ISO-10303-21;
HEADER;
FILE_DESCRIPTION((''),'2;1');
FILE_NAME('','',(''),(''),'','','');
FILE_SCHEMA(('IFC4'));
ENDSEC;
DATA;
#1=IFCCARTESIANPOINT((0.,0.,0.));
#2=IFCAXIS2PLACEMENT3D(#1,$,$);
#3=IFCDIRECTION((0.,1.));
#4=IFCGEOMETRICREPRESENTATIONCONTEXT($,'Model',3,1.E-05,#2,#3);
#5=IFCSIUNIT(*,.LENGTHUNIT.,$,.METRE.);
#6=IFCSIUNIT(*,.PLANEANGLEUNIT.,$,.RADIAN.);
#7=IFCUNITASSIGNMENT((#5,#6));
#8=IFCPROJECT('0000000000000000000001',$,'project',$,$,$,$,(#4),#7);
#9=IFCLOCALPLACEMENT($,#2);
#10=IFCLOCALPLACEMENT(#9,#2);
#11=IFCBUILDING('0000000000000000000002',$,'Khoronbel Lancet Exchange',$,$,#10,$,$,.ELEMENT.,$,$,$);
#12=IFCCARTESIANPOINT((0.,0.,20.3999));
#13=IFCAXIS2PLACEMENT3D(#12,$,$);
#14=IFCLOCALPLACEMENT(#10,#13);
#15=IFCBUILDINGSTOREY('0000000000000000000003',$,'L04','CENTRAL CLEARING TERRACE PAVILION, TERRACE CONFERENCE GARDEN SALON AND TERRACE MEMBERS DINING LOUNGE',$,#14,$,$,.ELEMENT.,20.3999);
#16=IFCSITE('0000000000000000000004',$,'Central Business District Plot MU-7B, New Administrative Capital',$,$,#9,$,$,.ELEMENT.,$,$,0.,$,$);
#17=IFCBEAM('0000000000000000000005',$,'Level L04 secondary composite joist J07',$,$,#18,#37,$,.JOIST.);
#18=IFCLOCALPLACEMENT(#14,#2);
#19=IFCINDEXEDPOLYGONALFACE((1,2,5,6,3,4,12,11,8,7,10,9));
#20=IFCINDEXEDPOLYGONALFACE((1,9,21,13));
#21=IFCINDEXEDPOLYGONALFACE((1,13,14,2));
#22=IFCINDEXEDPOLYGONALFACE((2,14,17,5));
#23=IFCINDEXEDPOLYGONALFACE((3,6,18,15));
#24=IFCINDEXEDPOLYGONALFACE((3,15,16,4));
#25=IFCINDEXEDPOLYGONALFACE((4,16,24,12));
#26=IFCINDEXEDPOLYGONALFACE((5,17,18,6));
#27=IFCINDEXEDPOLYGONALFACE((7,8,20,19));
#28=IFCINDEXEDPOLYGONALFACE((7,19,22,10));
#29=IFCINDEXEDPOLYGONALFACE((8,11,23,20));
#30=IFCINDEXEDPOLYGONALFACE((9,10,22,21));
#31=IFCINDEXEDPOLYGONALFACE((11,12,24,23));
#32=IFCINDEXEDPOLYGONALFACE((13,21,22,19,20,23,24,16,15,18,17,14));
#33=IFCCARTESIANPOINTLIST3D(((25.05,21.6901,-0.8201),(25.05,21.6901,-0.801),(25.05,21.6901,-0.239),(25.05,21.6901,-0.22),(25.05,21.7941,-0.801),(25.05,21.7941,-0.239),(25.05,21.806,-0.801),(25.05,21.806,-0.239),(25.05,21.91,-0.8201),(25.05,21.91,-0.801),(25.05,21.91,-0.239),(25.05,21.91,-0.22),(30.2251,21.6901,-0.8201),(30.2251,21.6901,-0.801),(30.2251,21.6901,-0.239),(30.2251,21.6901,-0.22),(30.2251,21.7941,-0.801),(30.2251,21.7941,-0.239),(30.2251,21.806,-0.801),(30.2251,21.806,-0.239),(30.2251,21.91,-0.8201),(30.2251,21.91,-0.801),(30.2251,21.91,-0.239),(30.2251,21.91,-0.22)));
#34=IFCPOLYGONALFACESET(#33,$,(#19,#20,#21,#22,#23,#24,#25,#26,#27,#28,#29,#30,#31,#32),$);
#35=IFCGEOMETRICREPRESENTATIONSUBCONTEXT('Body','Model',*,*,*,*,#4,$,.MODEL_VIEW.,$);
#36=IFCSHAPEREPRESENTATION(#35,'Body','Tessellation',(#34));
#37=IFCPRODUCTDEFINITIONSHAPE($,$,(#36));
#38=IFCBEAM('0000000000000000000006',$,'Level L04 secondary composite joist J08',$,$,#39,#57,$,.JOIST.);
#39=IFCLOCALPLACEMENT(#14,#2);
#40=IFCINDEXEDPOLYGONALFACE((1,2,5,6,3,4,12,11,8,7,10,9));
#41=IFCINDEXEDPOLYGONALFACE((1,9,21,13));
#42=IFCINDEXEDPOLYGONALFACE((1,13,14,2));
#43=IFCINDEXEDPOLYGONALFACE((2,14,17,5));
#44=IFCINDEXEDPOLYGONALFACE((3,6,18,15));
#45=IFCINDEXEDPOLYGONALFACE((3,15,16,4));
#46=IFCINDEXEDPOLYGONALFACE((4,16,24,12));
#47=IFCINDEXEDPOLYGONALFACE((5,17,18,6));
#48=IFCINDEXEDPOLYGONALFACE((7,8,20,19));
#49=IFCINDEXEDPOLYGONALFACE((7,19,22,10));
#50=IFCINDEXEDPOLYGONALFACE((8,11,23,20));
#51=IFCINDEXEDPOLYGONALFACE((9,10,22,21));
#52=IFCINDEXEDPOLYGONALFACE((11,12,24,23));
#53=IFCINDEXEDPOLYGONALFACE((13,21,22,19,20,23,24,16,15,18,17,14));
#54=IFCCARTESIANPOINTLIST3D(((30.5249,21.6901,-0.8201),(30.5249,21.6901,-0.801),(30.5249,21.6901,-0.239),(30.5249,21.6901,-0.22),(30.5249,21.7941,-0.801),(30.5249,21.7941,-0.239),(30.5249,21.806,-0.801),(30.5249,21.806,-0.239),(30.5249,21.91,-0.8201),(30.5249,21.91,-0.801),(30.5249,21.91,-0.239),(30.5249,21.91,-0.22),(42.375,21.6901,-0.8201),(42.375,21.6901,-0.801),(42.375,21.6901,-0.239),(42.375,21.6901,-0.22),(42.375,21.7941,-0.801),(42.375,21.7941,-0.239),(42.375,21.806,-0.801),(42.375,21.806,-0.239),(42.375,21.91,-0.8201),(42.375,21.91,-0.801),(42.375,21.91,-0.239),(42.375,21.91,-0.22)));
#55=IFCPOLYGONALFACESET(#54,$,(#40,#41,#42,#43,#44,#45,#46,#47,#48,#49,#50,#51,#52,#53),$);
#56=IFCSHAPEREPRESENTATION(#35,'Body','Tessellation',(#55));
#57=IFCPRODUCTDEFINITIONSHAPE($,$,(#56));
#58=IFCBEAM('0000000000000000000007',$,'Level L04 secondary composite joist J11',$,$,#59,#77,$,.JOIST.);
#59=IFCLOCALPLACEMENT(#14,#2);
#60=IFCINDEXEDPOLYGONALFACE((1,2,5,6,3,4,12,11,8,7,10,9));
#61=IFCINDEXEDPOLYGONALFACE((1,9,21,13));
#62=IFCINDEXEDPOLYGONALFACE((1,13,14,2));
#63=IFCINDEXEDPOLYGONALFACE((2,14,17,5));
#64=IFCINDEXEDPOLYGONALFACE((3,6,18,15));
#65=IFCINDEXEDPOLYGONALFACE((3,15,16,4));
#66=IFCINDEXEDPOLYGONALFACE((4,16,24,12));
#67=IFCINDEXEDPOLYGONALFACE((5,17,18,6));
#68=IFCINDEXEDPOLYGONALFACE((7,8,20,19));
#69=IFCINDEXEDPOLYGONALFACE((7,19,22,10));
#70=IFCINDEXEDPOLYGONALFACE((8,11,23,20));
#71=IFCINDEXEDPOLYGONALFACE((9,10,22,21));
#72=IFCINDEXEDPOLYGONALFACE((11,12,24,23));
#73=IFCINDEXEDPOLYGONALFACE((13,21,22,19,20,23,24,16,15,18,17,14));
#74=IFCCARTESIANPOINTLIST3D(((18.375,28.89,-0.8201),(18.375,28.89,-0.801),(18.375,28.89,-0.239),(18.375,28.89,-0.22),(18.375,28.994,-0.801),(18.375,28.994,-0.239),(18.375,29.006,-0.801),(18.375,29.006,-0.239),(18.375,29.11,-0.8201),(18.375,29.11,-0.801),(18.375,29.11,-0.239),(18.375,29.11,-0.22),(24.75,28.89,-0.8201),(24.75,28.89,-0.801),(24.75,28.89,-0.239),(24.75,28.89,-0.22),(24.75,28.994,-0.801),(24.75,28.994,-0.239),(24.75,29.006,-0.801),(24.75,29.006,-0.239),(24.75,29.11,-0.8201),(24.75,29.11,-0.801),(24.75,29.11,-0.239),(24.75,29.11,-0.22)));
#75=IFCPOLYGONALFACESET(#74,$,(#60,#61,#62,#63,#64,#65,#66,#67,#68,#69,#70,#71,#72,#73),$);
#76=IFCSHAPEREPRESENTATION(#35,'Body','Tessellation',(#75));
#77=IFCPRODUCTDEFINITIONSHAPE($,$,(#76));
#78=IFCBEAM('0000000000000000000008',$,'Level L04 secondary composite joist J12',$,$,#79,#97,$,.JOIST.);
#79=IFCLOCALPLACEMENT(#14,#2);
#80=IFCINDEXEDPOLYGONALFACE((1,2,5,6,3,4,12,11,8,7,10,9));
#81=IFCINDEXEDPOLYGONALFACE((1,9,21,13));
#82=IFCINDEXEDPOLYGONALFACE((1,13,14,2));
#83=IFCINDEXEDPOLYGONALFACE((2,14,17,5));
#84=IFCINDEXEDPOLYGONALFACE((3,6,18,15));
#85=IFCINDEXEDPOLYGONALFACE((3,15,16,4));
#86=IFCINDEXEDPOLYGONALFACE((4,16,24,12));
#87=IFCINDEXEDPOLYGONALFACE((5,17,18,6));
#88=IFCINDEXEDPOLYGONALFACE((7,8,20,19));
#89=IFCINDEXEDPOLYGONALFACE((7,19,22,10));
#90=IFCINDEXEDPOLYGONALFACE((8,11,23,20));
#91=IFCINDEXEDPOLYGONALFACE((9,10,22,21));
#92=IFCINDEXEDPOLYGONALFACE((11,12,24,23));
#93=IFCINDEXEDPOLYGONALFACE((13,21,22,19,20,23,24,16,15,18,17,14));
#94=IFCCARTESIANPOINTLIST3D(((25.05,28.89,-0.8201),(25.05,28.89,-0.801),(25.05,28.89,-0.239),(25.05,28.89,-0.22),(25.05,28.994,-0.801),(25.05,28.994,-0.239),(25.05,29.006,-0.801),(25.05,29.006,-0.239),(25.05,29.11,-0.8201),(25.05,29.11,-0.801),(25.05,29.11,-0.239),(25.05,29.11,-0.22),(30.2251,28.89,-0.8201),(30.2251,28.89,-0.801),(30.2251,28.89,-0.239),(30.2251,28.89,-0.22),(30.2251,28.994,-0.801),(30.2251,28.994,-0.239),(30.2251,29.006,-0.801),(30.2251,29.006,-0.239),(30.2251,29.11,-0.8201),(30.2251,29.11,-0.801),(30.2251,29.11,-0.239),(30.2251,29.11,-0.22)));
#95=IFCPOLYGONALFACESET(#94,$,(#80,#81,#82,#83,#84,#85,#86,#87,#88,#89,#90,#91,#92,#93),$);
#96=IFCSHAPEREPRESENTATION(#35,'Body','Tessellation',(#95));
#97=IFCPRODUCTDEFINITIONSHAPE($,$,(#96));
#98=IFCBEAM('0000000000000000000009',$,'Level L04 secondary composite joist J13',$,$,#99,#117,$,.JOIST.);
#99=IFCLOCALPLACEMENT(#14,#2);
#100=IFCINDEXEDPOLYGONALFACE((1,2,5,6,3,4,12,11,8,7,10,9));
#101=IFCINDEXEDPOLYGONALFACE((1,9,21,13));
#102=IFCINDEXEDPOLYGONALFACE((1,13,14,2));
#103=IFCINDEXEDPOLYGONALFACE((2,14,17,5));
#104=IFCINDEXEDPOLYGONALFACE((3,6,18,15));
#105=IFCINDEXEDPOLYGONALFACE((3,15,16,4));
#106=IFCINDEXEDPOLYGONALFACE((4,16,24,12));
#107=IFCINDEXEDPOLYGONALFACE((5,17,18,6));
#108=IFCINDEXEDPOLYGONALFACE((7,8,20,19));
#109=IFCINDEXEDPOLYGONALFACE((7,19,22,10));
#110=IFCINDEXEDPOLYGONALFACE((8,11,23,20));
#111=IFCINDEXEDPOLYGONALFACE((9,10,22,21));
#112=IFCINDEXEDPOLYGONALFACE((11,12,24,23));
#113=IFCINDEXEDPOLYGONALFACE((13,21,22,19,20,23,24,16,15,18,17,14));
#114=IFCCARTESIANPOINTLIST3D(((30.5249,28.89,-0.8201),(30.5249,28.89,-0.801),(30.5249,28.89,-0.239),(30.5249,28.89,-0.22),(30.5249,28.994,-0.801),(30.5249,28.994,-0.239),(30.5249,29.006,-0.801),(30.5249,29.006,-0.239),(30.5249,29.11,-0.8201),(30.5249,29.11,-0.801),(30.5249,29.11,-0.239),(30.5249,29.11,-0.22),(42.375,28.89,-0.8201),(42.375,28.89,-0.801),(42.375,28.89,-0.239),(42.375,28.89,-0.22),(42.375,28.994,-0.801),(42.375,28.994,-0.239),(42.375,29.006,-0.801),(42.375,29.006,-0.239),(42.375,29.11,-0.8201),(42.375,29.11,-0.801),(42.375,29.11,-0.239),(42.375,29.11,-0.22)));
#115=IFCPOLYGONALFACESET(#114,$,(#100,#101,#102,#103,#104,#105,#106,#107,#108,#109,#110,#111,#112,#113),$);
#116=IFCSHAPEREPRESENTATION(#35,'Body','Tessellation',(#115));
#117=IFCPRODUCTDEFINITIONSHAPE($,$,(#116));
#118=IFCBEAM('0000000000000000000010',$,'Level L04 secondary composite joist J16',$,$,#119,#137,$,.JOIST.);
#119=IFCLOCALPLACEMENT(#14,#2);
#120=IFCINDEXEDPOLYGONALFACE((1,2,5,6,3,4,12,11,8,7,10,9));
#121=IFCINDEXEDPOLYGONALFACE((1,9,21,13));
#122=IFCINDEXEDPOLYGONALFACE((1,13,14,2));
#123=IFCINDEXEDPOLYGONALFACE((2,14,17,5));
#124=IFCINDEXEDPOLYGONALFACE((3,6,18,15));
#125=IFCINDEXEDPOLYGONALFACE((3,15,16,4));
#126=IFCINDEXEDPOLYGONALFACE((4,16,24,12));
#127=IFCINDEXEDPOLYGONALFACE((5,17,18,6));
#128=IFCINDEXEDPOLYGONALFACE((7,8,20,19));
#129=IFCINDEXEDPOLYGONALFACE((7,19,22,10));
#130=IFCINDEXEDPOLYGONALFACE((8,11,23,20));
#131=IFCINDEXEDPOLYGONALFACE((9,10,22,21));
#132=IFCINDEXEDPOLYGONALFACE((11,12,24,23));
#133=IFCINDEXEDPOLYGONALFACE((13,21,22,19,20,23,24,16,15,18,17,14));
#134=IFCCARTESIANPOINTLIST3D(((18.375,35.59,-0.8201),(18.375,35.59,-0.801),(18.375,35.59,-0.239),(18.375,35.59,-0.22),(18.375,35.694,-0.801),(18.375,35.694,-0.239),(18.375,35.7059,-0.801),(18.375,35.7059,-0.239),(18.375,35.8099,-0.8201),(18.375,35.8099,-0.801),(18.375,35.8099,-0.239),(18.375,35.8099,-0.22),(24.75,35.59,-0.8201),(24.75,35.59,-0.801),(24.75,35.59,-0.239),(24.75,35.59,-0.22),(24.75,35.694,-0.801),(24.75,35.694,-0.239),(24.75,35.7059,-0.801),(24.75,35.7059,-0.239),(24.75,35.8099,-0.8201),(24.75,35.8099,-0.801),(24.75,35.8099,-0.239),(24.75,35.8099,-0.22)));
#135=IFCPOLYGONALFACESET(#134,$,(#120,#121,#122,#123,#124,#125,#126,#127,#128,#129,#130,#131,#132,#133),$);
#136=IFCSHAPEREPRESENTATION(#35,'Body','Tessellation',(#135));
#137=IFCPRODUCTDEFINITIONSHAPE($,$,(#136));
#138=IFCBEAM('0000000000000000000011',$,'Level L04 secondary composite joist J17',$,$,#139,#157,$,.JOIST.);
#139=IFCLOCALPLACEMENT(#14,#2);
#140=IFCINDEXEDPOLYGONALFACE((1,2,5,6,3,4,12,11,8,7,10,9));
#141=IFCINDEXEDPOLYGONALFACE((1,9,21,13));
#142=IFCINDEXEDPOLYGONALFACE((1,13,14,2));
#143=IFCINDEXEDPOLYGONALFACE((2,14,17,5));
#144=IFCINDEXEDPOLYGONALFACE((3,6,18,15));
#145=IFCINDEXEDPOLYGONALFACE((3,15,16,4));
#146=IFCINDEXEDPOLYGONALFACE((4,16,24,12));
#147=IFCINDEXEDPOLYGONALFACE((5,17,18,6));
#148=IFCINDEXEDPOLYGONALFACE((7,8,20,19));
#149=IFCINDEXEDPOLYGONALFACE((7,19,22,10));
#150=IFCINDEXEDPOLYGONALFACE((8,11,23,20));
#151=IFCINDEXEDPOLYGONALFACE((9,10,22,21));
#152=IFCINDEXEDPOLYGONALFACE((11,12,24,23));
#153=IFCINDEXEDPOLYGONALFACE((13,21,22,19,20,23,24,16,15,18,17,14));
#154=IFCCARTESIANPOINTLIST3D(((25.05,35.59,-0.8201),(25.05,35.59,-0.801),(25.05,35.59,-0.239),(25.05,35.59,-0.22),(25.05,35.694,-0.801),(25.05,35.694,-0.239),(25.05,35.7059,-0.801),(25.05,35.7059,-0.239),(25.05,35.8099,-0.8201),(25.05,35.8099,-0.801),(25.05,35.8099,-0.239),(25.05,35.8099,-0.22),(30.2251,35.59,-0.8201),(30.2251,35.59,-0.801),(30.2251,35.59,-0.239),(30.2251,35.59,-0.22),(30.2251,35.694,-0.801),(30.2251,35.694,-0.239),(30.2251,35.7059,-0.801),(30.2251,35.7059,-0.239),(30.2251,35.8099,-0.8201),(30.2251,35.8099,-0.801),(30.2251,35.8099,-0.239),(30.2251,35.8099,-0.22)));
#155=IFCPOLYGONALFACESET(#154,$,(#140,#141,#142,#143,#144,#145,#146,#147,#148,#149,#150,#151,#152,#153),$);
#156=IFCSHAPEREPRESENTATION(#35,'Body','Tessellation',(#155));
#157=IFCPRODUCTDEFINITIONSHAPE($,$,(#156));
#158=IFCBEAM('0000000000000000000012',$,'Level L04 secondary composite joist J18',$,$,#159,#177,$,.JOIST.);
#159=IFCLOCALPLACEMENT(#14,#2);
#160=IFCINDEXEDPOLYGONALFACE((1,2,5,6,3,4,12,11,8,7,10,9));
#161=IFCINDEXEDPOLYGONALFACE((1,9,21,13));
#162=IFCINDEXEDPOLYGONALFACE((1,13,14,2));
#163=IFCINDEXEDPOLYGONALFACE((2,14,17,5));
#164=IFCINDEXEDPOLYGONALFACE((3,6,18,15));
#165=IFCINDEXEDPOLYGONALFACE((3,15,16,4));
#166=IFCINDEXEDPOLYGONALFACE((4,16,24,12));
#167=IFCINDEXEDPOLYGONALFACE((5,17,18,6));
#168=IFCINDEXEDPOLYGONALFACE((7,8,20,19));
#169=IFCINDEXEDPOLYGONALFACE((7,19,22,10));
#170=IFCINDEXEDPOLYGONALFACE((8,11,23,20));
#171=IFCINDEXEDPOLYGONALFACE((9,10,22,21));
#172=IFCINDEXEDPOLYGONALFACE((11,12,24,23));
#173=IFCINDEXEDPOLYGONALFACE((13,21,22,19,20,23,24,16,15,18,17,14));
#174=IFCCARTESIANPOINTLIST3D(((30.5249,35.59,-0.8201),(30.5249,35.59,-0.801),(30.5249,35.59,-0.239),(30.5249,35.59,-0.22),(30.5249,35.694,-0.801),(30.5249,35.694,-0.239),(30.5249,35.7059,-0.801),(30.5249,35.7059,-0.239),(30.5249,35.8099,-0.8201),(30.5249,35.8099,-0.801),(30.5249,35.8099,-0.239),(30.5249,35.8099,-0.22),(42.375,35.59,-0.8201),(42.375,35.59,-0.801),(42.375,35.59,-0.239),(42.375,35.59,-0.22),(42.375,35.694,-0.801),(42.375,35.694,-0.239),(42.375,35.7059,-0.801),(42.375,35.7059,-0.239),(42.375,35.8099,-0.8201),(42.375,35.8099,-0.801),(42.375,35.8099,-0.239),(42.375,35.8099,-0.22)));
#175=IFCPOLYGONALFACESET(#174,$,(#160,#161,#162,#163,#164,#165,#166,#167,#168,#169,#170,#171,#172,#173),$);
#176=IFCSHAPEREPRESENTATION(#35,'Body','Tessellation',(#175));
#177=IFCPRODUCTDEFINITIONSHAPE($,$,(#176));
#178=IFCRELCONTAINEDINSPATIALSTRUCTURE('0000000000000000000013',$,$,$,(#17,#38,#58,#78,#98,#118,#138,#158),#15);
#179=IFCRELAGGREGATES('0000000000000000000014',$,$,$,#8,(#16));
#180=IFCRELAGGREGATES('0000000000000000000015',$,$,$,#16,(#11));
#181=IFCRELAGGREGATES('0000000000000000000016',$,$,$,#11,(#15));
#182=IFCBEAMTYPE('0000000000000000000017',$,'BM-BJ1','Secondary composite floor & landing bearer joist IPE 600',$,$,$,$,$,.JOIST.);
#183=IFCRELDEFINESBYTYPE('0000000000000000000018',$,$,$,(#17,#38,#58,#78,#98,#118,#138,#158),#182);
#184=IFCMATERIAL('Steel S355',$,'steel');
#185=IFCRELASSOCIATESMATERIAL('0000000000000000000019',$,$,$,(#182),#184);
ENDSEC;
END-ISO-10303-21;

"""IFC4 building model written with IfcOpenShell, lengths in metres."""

from ifc_helpers import new_model, si_unit, direction, frame, origin, origin_2d, place, context, subcontext, project, spatial, i_section, extrude, material, material_profile, profile_set, type_object, element, save


model = new_model("IFC4")

# Units and contexts
model_context = context("Model", 3, precision=1e-05, world=origin(), true_north=direction((0.0, 1.0)))
body_context = subcontext(model_context, "Body", "Model", "MODEL_VIEW")
ifc_project = project(units=[si_unit("LENGTHUNIT", "METRE"), si_unit("PLANEANGLEUNIT", "RADIAN")], contexts=[model_context])

# Site, building, storey
site_placement = place(None, origin())
site = spatial("IfcSite", under=ifc_project, at=site_placement, Name="Central Business District Plot MU-7B, New Administrative Capital", CompositionType="ELEMENT", RefElevation=0.0)
building_placement = place(site_placement, origin())
building = spatial("IfcBuilding", under=site, at=building_placement, Name="Khoronbel Lancet Exchange", CompositionType="ELEMENT")
storey_placement = place(building_placement, frame((0.0, 0.0, 20.3999)))
storey = spatial("IfcBuildingStorey", under=building, at=storey_placement, Name="L04", Description="CENTRAL CLEARING TERRACE PAVILION, TERRACE CONFERENCE GARDEN SALON AND TERRACE MEMBERS DINING LOUNGE", CompositionType="ELEMENT", Elevation=20.3999)

# Shared definitions
ifc_material_1 = material(Name="Steel S355", Category="steel")

# Beams
ifc_material_profile_1 = material_profile(ifc_material_1, i_section(OverallWidth=0.22, OverallDepth=0.6001, WebThickness=0.012, FlangeThickness=0.019, at=origin_2d()), Name="IPE 600")
ifc_profile_set_1 = profile_set([ifc_material_profile_1], Name="Steel S355")
beam_type_1 = type_object("IfcBeamType", Name="BM-BJ1", Description="Secondary composite floor & landing bearer joist IPE 600", PredefinedType="JOIST", material=ifc_profile_set_1)
beam_1_placement = place(storey_placement, frame((25.05, 21.8, -0.52), z_axis=(1.0, 0.0, 0.0), x_axis=(0.0, 1.0, 0.0)))
element("IfcBeam", 1, at=beam_1_placement, inside=storey, type_object=beam_type_1, Name="Level L04 secondary composite joist J07", PredefinedType="JOIST", context=body_context, shape_type="SweptSolid", body=[
    extrude(i_section(OverallWidth=0.22, OverallDepth=0.6001, WebThickness=0.012, FlangeThickness=0.019, at=origin_2d()), origin(), (0.0, 0.0, 1.0), 5.175),
])
beam_2_placement = place(storey_placement, frame((30.5249, 21.8, -0.52), z_axis=(1.0, 0.0, 0.0), x_axis=(0.0, 1.0, 0.0)))
element("IfcBeam", 2, at=beam_2_placement, inside=storey, type_object=beam_type_1, Name="Level L04 secondary composite joist J08", PredefinedType="JOIST", context=body_context, shape_type="SweptSolid", body=[
    extrude(i_section(OverallWidth=0.22, OverallDepth=0.6001, WebThickness=0.012, FlangeThickness=0.019, at=origin_2d()), origin(), (0.0, 0.0, 1.0), 11.8501),
])
beam_3_placement = place(storey_placement, frame((18.375, 29.0, -0.52), z_axis=(1.0, 0.0, 0.0), x_axis=(0.0, 1.0, 0.0)))
element("IfcBeam", 3, at=beam_3_placement, inside=storey, type_object=beam_type_1, Name="Level L04 secondary composite joist J11", PredefinedType="JOIST", context=body_context, shape_type="SweptSolid", body=[
    extrude(i_section(OverallWidth=0.22, OverallDepth=0.6001, WebThickness=0.012, FlangeThickness=0.019, at=origin_2d()), origin(), (0.0, 0.0, 1.0), 6.375),
])
beam_4_placement = place(storey_placement, frame((25.05, 29.0, -0.52), z_axis=(1.0, 0.0, 0.0), x_axis=(0.0, 1.0, 0.0)))
element("IfcBeam", 4, at=beam_4_placement, inside=storey, type_object=beam_type_1, Name="Level L04 secondary composite joist J12", PredefinedType="JOIST", context=body_context, shape_type="SweptSolid", body=[
    extrude(i_section(OverallWidth=0.22, OverallDepth=0.6001, WebThickness=0.012, FlangeThickness=0.019, at=origin_2d()), origin(), (0.0, 0.0, 1.0), 5.175),
])
beam_5_placement = place(storey_placement, frame((30.5249, 29.0, -0.52), z_axis=(1.0, 0.0, 0.0), x_axis=(0.0, 1.0, 0.0)))
element("IfcBeam", 5, at=beam_5_placement, inside=storey, type_object=beam_type_1, Name="Level L04 secondary composite joist J13", PredefinedType="JOIST", context=body_context, shape_type="SweptSolid", body=[
    extrude(i_section(OverallWidth=0.22, OverallDepth=0.6001, WebThickness=0.012, FlangeThickness=0.019, at=origin_2d()), origin(), (0.0, 0.0, 1.0), 11.8501),
])
beam_6_placement = place(storey_placement, frame((18.375, 35.7, -0.52), z_axis=(1.0, 0.0, 0.0), x_axis=(0.0, 1.0, 0.0)))
element("IfcBeam", 6, at=beam_6_placement, inside=storey, type_object=beam_type_1, Name="Level L04 secondary composite joist J16", PredefinedType="JOIST", context=body_context, shape_type="SweptSolid", body=[
    extrude(i_section(OverallWidth=0.22, OverallDepth=0.6001, WebThickness=0.012, FlangeThickness=0.019, at=origin_2d()), origin(), (0.0, 0.0, 1.0), 6.375),
])
beam_7_placement = place(storey_placement, frame((25.05, 35.7, -0.52), z_axis=(1.0, 0.0, 0.0), x_axis=(0.0, 1.0, 0.0)))
element("IfcBeam", 7, at=beam_7_placement, inside=storey, type_object=beam_type_1, Name="Level L04 secondary composite joist J17", PredefinedType="JOIST", context=body_context, shape_type="SweptSolid", body=[
    extrude(i_section(OverallWidth=0.22, OverallDepth=0.6001, WebThickness=0.012, FlangeThickness=0.019, at=origin_2d()), origin(), (0.0, 0.0, 1.0), 5.175),
])
beam_8_placement = place(storey_placement, frame((30.5249, 35.7, -0.52), z_axis=(1.0, 0.0, 0.0), x_axis=(0.0, 1.0, 0.0)))
element("IfcBeam", 8, at=beam_8_placement, inside=storey, type_object=beam_type_1, Name="Level L04 secondary composite joist J18", PredefinedType="JOIST", context=body_context, shape_type="SweptSolid", body=[
    extrude(i_section(OverallWidth=0.22, OverallDepth=0.6001, WebThickness=0.012, FlangeThickness=0.019, at=origin_2d()), origin(), (0.0, 0.0, 1.0), 11.8501),
])

save(model, "model.ifc")
